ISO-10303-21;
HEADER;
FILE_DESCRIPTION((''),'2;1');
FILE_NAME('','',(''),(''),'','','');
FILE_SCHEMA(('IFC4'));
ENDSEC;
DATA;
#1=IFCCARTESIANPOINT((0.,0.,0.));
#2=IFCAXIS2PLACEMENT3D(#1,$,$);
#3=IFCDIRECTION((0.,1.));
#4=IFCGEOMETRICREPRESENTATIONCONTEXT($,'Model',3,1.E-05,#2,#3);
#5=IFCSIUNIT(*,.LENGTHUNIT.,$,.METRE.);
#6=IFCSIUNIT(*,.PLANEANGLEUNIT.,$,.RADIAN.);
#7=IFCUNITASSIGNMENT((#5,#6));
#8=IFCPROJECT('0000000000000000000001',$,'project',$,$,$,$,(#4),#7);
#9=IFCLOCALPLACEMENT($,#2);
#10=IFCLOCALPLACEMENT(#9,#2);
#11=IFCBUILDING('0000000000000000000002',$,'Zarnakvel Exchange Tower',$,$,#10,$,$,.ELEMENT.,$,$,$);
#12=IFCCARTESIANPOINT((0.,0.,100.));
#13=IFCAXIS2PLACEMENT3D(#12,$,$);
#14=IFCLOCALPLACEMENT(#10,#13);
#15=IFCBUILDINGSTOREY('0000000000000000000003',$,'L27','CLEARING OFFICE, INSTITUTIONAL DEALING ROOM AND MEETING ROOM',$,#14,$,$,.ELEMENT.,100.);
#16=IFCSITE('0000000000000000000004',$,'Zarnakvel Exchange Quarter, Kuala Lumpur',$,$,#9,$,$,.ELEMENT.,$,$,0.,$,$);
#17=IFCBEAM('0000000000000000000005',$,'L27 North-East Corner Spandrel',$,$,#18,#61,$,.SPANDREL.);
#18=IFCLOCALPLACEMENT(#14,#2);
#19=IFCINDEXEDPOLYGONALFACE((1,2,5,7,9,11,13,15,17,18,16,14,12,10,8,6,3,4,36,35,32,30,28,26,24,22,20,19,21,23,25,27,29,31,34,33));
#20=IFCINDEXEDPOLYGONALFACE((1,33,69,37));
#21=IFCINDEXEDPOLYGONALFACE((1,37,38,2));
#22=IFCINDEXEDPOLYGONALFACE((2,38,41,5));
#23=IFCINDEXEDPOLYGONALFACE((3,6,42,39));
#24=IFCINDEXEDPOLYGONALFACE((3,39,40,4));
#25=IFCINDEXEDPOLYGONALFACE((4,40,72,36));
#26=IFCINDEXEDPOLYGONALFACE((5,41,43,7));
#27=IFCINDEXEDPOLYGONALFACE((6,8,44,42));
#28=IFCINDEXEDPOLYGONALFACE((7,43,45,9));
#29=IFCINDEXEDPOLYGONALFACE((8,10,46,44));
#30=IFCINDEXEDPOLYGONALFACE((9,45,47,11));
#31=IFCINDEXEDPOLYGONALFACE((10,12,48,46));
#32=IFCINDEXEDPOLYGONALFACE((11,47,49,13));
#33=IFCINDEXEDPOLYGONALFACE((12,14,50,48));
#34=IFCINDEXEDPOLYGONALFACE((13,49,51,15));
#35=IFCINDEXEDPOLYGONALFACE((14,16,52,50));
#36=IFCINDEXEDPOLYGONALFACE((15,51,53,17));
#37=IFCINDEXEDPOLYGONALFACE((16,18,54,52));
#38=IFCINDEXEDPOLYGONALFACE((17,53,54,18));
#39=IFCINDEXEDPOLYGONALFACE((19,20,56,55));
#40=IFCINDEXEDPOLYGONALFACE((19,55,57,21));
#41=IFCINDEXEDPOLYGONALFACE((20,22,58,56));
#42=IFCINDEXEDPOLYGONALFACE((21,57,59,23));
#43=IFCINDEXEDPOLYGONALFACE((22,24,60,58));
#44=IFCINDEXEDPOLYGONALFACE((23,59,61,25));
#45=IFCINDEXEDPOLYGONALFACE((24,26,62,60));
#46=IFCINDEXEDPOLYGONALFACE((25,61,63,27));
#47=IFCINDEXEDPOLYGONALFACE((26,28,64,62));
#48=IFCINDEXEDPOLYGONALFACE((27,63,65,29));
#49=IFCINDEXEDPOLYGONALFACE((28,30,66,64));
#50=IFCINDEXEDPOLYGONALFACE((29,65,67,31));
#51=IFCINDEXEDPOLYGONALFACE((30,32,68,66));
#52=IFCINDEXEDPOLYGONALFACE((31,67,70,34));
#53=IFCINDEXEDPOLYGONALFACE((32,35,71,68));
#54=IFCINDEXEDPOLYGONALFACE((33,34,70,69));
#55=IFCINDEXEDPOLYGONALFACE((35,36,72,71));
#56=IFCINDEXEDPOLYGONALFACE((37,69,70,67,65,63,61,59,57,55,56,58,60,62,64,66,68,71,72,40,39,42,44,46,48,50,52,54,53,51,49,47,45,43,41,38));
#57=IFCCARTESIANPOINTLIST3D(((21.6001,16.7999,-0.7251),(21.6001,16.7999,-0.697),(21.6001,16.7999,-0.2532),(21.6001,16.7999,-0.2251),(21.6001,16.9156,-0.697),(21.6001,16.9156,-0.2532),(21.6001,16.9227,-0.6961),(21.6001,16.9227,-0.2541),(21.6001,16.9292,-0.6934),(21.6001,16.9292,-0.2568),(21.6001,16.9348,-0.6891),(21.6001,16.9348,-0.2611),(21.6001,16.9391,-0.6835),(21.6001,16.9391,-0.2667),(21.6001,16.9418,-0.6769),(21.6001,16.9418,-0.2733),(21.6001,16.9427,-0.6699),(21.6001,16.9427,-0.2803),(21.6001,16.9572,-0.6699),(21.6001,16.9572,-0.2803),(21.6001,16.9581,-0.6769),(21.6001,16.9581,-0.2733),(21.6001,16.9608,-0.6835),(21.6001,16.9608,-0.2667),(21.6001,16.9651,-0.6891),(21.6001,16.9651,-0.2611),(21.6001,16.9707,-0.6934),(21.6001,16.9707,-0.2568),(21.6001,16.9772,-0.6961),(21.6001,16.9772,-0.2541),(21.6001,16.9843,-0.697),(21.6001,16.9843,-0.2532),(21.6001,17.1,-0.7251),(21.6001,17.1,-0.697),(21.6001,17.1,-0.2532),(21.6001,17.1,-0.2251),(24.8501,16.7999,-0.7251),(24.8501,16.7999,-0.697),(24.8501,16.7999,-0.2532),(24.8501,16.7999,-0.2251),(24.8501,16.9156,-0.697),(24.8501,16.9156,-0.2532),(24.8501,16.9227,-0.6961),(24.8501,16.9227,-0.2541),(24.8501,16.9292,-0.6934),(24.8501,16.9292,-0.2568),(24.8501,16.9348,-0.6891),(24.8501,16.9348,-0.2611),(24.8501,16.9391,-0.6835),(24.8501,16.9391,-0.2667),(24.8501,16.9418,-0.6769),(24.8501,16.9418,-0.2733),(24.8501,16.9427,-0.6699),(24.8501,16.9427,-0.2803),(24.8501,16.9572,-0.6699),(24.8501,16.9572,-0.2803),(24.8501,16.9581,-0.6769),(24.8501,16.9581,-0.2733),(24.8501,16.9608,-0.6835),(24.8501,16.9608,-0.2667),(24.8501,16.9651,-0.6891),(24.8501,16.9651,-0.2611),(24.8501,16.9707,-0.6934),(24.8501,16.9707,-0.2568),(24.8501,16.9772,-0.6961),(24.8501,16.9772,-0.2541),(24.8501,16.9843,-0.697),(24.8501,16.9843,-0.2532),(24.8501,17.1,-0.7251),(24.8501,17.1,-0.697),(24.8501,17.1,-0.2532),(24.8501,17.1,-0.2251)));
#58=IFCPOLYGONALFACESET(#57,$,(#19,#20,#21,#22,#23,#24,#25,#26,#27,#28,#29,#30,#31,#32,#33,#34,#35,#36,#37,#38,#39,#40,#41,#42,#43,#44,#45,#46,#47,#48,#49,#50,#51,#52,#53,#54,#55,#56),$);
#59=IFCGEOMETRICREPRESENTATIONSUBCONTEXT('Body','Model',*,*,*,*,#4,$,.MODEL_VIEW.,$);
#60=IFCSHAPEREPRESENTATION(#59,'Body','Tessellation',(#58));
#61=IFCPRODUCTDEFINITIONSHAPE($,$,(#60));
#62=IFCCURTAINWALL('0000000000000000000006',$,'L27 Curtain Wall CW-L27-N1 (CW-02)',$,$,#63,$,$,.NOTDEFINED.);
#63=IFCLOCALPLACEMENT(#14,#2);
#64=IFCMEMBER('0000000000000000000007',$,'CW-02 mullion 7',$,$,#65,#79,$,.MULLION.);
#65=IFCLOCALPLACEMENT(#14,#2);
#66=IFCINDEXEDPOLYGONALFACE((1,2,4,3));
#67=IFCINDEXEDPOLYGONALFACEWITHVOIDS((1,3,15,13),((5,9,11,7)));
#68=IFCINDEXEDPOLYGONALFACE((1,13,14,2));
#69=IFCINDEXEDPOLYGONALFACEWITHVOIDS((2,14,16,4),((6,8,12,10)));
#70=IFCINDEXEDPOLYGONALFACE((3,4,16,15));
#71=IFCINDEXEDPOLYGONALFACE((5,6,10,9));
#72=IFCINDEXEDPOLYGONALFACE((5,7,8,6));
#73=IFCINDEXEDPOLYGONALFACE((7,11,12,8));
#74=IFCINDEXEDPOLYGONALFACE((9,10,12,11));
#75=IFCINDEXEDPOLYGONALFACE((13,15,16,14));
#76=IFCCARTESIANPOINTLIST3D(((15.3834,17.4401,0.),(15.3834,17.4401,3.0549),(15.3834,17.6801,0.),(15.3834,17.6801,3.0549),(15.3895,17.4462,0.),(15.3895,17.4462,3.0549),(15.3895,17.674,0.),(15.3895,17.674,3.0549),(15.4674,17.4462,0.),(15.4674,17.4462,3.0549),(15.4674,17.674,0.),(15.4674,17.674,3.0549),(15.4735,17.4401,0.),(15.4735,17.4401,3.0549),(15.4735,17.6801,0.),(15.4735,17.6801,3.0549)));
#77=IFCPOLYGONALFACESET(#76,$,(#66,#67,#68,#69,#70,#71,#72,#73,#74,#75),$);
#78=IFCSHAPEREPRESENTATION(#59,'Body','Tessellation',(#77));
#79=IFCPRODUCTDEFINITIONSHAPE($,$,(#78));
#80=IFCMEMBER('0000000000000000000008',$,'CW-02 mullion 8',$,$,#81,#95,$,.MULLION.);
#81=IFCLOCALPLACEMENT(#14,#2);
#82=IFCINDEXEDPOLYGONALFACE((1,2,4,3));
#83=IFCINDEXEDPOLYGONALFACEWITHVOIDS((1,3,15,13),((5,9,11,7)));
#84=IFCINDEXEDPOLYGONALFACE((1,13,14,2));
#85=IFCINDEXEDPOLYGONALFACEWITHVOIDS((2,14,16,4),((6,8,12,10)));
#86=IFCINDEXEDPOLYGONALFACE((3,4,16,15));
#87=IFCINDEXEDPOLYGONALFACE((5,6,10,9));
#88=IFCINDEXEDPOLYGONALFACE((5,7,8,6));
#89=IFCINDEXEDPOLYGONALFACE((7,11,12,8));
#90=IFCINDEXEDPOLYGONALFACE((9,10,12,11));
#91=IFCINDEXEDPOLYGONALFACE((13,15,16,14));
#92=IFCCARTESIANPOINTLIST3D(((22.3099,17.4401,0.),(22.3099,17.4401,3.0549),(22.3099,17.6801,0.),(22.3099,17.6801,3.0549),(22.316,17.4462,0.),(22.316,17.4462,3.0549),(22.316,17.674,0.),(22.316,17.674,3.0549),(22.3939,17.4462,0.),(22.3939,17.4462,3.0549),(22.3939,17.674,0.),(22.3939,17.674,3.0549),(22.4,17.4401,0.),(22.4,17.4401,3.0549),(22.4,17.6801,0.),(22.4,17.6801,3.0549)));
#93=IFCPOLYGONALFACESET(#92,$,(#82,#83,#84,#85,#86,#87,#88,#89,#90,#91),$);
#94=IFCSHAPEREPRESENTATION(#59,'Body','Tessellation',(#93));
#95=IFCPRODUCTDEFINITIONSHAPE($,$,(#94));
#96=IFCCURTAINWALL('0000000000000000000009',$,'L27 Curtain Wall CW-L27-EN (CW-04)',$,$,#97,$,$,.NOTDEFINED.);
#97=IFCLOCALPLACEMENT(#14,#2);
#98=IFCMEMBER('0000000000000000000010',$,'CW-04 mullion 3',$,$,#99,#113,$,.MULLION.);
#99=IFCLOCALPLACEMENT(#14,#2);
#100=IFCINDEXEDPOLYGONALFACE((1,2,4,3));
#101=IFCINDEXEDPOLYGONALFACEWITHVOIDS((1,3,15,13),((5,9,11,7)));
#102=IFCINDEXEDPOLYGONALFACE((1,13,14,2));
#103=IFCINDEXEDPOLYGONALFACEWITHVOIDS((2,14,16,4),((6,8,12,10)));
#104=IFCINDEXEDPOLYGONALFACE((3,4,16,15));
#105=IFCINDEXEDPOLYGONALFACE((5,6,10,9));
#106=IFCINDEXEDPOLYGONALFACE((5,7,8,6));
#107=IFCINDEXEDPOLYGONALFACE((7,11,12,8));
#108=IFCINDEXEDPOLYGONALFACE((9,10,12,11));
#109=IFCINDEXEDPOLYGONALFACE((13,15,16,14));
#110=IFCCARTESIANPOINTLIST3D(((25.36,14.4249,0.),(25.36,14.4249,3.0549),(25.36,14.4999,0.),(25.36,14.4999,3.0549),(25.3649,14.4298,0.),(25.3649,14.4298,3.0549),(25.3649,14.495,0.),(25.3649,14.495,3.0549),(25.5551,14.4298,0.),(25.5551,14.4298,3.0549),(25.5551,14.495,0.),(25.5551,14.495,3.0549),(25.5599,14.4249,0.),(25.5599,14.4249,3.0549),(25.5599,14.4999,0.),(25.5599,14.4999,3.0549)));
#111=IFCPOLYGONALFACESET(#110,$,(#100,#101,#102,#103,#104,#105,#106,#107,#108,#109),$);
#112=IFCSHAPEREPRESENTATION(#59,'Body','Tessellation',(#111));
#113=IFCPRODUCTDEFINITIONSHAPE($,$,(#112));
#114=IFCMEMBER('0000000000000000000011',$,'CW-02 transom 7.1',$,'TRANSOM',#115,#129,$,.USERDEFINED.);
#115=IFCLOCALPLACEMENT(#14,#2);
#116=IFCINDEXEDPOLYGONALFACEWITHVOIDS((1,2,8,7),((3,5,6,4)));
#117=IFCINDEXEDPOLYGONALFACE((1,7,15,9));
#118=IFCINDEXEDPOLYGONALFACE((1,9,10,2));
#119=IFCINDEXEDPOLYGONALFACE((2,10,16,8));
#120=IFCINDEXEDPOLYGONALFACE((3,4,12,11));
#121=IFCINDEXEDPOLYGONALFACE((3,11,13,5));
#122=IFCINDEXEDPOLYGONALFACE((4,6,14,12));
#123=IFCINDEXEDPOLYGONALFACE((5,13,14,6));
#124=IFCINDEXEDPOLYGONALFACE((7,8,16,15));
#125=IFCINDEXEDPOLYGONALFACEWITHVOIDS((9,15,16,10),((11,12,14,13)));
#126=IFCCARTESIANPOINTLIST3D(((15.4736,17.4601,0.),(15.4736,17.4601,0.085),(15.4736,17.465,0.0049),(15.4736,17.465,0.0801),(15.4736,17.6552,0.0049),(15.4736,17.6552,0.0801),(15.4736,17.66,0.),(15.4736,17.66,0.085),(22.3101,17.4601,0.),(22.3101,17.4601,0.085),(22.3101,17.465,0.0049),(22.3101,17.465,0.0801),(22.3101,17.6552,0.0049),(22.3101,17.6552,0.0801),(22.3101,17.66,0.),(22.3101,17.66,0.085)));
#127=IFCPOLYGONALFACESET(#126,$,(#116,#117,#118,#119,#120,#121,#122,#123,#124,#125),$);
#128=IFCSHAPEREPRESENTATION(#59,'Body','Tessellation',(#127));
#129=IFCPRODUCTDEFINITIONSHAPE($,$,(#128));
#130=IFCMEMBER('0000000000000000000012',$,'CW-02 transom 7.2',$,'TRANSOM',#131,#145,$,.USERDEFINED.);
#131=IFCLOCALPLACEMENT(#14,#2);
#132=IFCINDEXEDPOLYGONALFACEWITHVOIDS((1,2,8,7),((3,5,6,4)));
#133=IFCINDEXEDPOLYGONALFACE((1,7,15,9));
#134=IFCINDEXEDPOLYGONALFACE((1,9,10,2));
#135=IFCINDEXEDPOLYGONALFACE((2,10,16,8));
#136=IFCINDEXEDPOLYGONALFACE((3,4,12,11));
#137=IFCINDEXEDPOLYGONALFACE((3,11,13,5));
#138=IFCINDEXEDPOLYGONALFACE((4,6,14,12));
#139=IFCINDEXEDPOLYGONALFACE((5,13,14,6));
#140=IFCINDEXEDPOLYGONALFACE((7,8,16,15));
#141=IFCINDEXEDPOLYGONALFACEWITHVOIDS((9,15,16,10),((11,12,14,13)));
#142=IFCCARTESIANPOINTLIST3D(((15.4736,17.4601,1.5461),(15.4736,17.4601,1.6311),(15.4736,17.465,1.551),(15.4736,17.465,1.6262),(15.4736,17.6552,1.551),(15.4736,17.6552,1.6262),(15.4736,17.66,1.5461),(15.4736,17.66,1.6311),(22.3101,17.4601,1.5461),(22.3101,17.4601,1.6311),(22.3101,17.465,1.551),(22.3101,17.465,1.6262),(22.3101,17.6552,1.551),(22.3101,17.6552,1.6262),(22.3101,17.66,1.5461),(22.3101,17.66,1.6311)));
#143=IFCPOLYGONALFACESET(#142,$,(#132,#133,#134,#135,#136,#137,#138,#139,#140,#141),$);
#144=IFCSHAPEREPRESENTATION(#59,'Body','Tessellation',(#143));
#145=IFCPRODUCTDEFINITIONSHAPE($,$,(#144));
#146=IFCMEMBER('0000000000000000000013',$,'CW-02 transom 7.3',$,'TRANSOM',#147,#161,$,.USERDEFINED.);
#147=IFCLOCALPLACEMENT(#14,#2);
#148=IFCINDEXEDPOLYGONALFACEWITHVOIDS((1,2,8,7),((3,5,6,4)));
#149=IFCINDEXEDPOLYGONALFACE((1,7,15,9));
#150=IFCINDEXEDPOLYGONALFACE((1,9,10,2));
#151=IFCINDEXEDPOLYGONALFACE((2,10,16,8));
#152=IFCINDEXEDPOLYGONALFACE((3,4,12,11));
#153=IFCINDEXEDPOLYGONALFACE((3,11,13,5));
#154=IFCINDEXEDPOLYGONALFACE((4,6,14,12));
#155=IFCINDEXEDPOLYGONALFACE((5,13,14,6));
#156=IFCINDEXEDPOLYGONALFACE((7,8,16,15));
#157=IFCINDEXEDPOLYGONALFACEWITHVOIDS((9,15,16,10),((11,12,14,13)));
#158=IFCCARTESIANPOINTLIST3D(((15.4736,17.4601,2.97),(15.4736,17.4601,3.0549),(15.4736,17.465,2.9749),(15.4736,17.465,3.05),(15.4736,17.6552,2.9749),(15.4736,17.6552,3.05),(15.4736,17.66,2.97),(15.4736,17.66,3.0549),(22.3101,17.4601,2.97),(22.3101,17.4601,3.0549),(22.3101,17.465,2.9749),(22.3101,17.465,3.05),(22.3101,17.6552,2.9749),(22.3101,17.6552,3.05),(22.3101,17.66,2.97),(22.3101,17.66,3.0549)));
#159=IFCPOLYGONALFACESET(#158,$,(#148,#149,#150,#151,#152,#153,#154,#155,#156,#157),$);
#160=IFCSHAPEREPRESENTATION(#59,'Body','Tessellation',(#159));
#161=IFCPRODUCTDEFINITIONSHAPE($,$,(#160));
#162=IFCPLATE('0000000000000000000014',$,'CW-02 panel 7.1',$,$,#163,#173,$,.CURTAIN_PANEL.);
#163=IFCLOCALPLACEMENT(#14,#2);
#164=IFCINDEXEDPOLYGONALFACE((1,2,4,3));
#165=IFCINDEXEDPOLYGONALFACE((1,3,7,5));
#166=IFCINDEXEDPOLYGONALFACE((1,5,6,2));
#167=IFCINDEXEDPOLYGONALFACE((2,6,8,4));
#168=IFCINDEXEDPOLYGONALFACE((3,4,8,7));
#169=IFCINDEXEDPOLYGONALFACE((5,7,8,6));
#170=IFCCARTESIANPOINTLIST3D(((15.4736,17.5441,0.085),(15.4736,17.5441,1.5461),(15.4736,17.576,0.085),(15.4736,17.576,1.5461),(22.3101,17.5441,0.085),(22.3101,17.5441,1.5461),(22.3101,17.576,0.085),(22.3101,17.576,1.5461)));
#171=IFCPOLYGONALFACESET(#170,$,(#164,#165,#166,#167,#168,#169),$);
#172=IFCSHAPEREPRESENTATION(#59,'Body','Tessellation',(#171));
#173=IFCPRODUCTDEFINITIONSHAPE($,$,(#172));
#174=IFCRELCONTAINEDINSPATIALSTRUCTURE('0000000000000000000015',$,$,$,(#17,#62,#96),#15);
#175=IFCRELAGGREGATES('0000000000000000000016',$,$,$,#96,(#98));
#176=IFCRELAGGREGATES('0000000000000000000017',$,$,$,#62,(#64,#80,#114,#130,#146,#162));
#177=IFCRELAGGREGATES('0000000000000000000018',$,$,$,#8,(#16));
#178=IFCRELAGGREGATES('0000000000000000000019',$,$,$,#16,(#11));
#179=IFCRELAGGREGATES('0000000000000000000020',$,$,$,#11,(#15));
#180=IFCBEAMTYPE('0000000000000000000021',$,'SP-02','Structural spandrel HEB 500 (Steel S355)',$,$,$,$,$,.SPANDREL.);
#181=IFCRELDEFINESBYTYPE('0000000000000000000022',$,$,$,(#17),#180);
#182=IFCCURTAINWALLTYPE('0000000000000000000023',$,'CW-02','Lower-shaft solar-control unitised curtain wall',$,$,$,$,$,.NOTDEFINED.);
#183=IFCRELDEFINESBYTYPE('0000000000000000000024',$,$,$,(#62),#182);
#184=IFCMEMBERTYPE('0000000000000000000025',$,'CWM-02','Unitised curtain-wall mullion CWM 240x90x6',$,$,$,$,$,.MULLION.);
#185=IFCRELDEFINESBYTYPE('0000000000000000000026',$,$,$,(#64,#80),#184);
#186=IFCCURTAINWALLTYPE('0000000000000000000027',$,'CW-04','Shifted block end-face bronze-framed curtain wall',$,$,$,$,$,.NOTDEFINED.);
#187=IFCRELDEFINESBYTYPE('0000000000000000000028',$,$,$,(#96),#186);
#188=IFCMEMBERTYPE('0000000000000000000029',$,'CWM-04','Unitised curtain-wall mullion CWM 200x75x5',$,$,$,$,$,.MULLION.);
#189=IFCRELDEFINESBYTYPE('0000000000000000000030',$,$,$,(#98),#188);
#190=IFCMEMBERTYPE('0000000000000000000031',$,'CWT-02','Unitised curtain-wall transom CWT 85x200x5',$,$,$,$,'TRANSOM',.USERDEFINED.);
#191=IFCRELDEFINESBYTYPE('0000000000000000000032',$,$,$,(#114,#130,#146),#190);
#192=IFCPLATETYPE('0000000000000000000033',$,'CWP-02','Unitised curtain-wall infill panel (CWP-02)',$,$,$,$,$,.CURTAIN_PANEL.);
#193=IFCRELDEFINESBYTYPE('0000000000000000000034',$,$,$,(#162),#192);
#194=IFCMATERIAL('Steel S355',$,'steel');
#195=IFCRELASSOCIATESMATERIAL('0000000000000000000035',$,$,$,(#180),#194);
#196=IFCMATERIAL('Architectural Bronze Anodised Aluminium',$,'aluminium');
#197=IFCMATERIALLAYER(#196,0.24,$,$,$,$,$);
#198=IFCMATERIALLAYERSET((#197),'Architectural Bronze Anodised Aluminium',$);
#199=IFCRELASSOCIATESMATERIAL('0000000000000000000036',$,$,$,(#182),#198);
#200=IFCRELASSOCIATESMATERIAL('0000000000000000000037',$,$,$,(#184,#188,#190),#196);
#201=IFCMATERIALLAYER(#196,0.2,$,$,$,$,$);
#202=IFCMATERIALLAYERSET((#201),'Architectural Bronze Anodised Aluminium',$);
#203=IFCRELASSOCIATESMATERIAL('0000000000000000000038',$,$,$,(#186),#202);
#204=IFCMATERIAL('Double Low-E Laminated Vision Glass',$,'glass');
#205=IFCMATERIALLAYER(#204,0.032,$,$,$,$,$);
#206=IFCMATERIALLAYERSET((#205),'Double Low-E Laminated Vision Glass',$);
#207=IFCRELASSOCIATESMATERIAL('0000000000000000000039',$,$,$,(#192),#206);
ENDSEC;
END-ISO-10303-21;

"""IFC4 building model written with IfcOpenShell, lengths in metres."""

from ifc_helpers import new_model, si_unit, direction, frame, origin, origin_2d, place, context, subcontext, project, spatial, rectangle, hollow_rectangle, i_section, extrude, source, transform, mapped, material, layer, layer_set, material_profile, profile_set, type_object, element, aggregate, save


model = new_model("IFC4")

# Units and contexts
model_context = context("Model", 3, precision=1e-05, world=origin(), true_north=direction((0.0, 1.0)))
body_context = subcontext(model_context, "Body", "Model", "MODEL_VIEW")
ifc_project = project(units=[si_unit("LENGTHUNIT", "METRE"), si_unit("PLANEANGLEUNIT", "RADIAN")], contexts=[model_context])

# Site, building, storey
site_placement = place(None, origin())
site = spatial("IfcSite", under=ifc_project, at=site_placement, Name="Zarnakvel Exchange Quarter, Kuala Lumpur", CompositionType="ELEMENT", RefElevation=0.0)
building_placement = place(site_placement, origin())
building = spatial("IfcBuilding", under=site, at=building_placement, Name="Zarnakvel Exchange Tower", CompositionType="ELEMENT")
storey_placement = place(building_placement, frame((0.0, 0.0, 100.0)))
storey = spatial("IfcBuildingStorey", under=building, at=storey_placement, Name="L27", Description="CLEARING OFFICE, INSTITUTIONAL DEALING ROOM AND MEETING ROOM", CompositionType="ELEMENT", Elevation=100.0)

# Shared definitions
ifc_material_1 = material(Name="Steel S355", Category="steel")

# Beam
ifc_material_profile_1 = material_profile(ifc_material_1, i_section(OverallWidth=0.3, OverallDepth=0.5, WebThickness=0.0144, FlangeThickness=0.0281, FilletRadius=0.0271, at=origin_2d()))
ifc_profile_set_1 = profile_set([ifc_material_profile_1], Name="Steel S355")
beam_type_1 = type_object("IfcBeamType", Name="SP-02", Description="Structural spandrel HEB 500 (Steel S355)", PredefinedType="SPANDREL", material=ifc_profile_set_1)
beam_1_placement = place(storey_placement, frame((21.6001, 16.95, -0.4751), z_axis=(1.0, 0.0, 0.0), x_axis=(0.0, 1.0, 0.0)))
element("IfcBeam", 1, at=beam_1_placement, inside=storey, type_object=beam_type_1, Name="L27 North-East Corner Spandrel", PredefinedType="SPANDREL", context=body_context, shape_type="SweptSolid", body=[
    extrude(i_section(OverallWidth=0.3, OverallDepth=0.5, WebThickness=0.0144, FlangeThickness=0.0281, FilletRadius=0.0271, at=origin_2d()), origin(), (0.0, 0.0, 1.0), 3.25),
])

# Curtain wall, members
ifc_material_2 = material(Name="Architectural Bronze Anodised Aluminium", Category="aluminium")
ifc_layer_1 = layer(ifc_material_2, 0.24)
ifc_layer_set_1 = layer_set([ifc_layer_1], Name="Architectural Bronze Anodised Aluminium")
curtain_wall_type_1 = type_object("IfcCurtainWallType", Name="CW-02", Description="Lower-shaft solar-control unitised curtain wall", PredefinedType="NOTDEFINED", material=ifc_layer_set_1)
curtain_wall_1_placement = place(storey_placement, origin())
curtain_wall_1 = element("IfcCurtainWall", 2, at=curtain_wall_1_placement, inside=storey, type_object=curtain_wall_type_1, Name="L27 Curtain Wall CW-L27-N1 (CW-02)", PredefinedType="NOTDEFINED")
ifc_material_profile_2 = material_profile(ifc_material_2, hollow_rectangle(XDim=0.24, YDim=0.0901, WallThickness=0.0061, at=origin_2d()))
ifc_profile_set_2 = profile_set([ifc_material_profile_2], Name="Architectural Bronze Anodised Aluminium")
member_type_1 = type_object("IfcMemberType", Name="CWM-02", Description="Unitised curtain-wall mullion CWM 240x90x6", PredefinedType="MULLION", material=ifc_profile_set_2)
shared_shape_1 = source(origin(), body_context, "Body", "SweptSolid", [
    extrude(hollow_rectangle(XDim=0.24, YDim=0.0901, WallThickness=0.0061, at=origin_2d()), origin(), (0.0, 0.0, 1.0), 3.0549),
])
member_1_placement = place(storey_placement, frame((15.4285, 17.5601, 0.0), z_axis=(0.0, 0.0, 1.0), x_axis=(0.0, 1.0, 0.0)))
member_1 = element("IfcMember", 3, at=member_1_placement, type_object=member_type_1, Name="CW-02 mullion 7", PredefinedType="MULLION", context=body_context, shape_type="MappedRepresentation", body=[
    mapped(shared_shape_1, transform((0.0, 0.0, 0.0), x_axis=(1.0, 0.0, 0.0), y_axis=(0.0, 1.0, 0.0), z_axis=(0.0, 0.0, 1.0), scale=1.0)),
])
member_2_placement = place(storey_placement, frame((22.355, 17.5601, 0.0), z_axis=(0.0, 0.0, 1.0), x_axis=(0.0, 1.0, 0.0)))
member_2 = element("IfcMember", 4, at=member_2_placement, type_object=member_type_1, Name="CW-02 mullion 8", PredefinedType="MULLION", context=body_context, shape_type="MappedRepresentation", body=[
    mapped(shared_shape_1, transform((0.0, 0.0, 0.0), x_axis=(1.0, 0.0, 0.0), y_axis=(0.0, 1.0, 0.0), z_axis=(0.0, 0.0, 1.0), scale=1.0)),
])

# Curtain wall, member
ifc_layer_2 = layer(ifc_material_2, 0.2)
ifc_layer_set_2 = layer_set([ifc_layer_2], Name="Architectural Bronze Anodised Aluminium")
curtain_wall_type_2 = type_object("IfcCurtainWallType", Name="CW-04", Description="Shifted block end-face bronze-framed curtain wall", PredefinedType="NOTDEFINED", material=ifc_layer_set_2)
curtain_wall_2_placement = place(storey_placement, origin())
curtain_wall_2 = element("IfcCurtainWall", 5, at=curtain_wall_2_placement, inside=storey, type_object=curtain_wall_type_2, Name="L27 Curtain Wall CW-L27-EN (CW-04)", PredefinedType="NOTDEFINED")
ifc_material_profile_3 = material_profile(ifc_material_2, hollow_rectangle(XDim=0.2, YDim=0.075, WallThickness=0.0049, at=origin_2d()))
ifc_profile_set_3 = profile_set([ifc_material_profile_3], Name="Architectural Bronze Anodised Aluminium")
member_type_2 = type_object("IfcMemberType", Name="CWM-04", Description="Unitised curtain-wall mullion CWM 200x75x5", PredefinedType="MULLION", material=ifc_profile_set_3)
shared_shape_2 = source(origin(), body_context, "Body", "SweptSolid", [
    extrude(hollow_rectangle(XDim=0.2, YDim=0.075, WallThickness=0.0049, at=origin_2d()), origin(), (0.0, 0.0, 1.0), 3.0549),
])
member_3_placement = place(storey_placement, frame((25.46, 14.4624, 0.0), z_axis=(0.0, 0.0, 1.0), x_axis=(-1.0, 0.0, 0.0)))
member_3 = element("IfcMember", 6, at=member_3_placement, type_object=member_type_2, Name="CW-04 mullion 3", PredefinedType="MULLION", context=body_context, shape_type="MappedRepresentation", body=[
    mapped(shared_shape_2, transform((0.0, 0.0, 0.0), x_axis=(1.0, 0.0, 0.0), y_axis=(0.0, 1.0, 0.0), z_axis=(0.0, 0.0, 1.0), scale=1.0)),
])
aggregate(curtain_wall_2, [member_3])

# Members
ifc_material_profile_4 = material_profile(ifc_material_2, hollow_rectangle(XDim=0.2, YDim=0.085, WallThickness=0.0049, at=origin_2d()))
ifc_profile_set_4 = profile_set([ifc_material_profile_4], Name="Architectural Bronze Anodised Aluminium")
member_type_3 = type_object("IfcMemberType", Name="CWT-02", Description="Unitised curtain-wall transom CWT 85x200x5", ElementType="TRANSOM", PredefinedType="USERDEFINED", material=ifc_profile_set_4)
shared_shape_3 = source(origin(), body_context, "Body", "SweptSolid", [
    extrude(hollow_rectangle(XDim=0.2, YDim=0.085, WallThickness=0.0049, at=origin_2d()), origin(), (0.0, 0.0, 1.0), 6.8364),
])
member_4_placement = place(storey_placement, frame((15.4736, 17.5601, 0.0425), z_axis=(1.0, 0.0, 0.0), x_axis=(0.0, 1.0, 0.0)))
member_4 = element("IfcMember", 7, at=member_4_placement, type_object=member_type_3, Name="CW-02 transom 7.1", ObjectType="TRANSOM", PredefinedType="USERDEFINED", context=body_context, shape_type="MappedRepresentation", body=[
    mapped(shared_shape_3, transform((0.0, 0.0, 0.0), x_axis=(1.0, 0.0, 0.0), y_axis=(0.0, 1.0, 0.0), z_axis=(0.0, 0.0, 1.0), scale=1.0)),
])
member_5_placement = place(storey_placement, frame((15.4736, 17.5601, 1.5886), z_axis=(1.0, 0.0, 0.0), x_axis=(0.0, 1.0, 0.0)))
member_5 = element("IfcMember", 8, at=member_5_placement, type_object=member_type_3, Name="CW-02 transom 7.2", ObjectType="TRANSOM", PredefinedType="USERDEFINED", context=body_context, shape_type="MappedRepresentation", body=[
    mapped(shared_shape_3, transform((0.0, 0.0, 0.0), x_axis=(1.0, 0.0, 0.0), y_axis=(0.0, 1.0, 0.0), z_axis=(0.0, 0.0, 1.0), scale=1.0)),
])
member_6_placement = place(storey_placement, frame((15.4736, 17.5601, 3.0125), z_axis=(1.0, 0.0, 0.0), x_axis=(0.0, 1.0, 0.0)))
member_6 = element("IfcMember", 9, at=member_6_placement, type_object=member_type_3, Name="CW-02 transom 7.3", ObjectType="TRANSOM", PredefinedType="USERDEFINED", context=body_context, shape_type="MappedRepresentation", body=[
    mapped(shared_shape_3, transform((0.0, 0.0, 0.0), x_axis=(1.0, 0.0, 0.0), y_axis=(0.0, 1.0, 0.0), z_axis=(0.0, 0.0, 1.0), scale=1.0)),
])

# Plate
ifc_material_3 = material(Name="Double Low-E Laminated Vision Glass", Category="glass")
ifc_layer_3 = layer(ifc_material_3, 0.032)
ifc_layer_set_3 = layer_set([ifc_layer_3], Name="Double Low-E Laminated Vision Glass")
plate_type = type_object("IfcPlateType", Name="CWP-02", Description="Unitised curtain-wall infill panel (CWP-02)", PredefinedType="CURTAIN_PANEL", material=ifc_layer_set_3)
shared_shape_4 = source(origin(), body_context, "Body", "SweptSolid", [
    extrude(rectangle(XDim=6.8364, YDim=0.032, at=origin_2d()), origin(), (0.0, 0.0, 1.0), 1.4612),
])
plate_1_placement = place(storey_placement, frame((18.8918, 17.5601, 0.085), z_axis=(0.0, 0.0, 1.0), x_axis=(1.0, 0.0, 0.0)))
plate_1 = element("IfcPlate", 10, at=plate_1_placement, type_object=plate_type, Name="CW-02 panel 7.1", PredefinedType="CURTAIN_PANEL", context=body_context, shape_type="MappedRepresentation", body=[
    mapped(shared_shape_4, transform((0.0, 0.0, 0.0), x_axis=(1.0, 0.0, 0.0), y_axis=(0.0, 1.0, 0.0), z_axis=(0.0, 0.0, 1.0), scale=1.0)),
])
aggregate(curtain_wall_1, [member_1, member_2, member_4, member_5, member_6, plate_1])

save(model, "model.ifc")
